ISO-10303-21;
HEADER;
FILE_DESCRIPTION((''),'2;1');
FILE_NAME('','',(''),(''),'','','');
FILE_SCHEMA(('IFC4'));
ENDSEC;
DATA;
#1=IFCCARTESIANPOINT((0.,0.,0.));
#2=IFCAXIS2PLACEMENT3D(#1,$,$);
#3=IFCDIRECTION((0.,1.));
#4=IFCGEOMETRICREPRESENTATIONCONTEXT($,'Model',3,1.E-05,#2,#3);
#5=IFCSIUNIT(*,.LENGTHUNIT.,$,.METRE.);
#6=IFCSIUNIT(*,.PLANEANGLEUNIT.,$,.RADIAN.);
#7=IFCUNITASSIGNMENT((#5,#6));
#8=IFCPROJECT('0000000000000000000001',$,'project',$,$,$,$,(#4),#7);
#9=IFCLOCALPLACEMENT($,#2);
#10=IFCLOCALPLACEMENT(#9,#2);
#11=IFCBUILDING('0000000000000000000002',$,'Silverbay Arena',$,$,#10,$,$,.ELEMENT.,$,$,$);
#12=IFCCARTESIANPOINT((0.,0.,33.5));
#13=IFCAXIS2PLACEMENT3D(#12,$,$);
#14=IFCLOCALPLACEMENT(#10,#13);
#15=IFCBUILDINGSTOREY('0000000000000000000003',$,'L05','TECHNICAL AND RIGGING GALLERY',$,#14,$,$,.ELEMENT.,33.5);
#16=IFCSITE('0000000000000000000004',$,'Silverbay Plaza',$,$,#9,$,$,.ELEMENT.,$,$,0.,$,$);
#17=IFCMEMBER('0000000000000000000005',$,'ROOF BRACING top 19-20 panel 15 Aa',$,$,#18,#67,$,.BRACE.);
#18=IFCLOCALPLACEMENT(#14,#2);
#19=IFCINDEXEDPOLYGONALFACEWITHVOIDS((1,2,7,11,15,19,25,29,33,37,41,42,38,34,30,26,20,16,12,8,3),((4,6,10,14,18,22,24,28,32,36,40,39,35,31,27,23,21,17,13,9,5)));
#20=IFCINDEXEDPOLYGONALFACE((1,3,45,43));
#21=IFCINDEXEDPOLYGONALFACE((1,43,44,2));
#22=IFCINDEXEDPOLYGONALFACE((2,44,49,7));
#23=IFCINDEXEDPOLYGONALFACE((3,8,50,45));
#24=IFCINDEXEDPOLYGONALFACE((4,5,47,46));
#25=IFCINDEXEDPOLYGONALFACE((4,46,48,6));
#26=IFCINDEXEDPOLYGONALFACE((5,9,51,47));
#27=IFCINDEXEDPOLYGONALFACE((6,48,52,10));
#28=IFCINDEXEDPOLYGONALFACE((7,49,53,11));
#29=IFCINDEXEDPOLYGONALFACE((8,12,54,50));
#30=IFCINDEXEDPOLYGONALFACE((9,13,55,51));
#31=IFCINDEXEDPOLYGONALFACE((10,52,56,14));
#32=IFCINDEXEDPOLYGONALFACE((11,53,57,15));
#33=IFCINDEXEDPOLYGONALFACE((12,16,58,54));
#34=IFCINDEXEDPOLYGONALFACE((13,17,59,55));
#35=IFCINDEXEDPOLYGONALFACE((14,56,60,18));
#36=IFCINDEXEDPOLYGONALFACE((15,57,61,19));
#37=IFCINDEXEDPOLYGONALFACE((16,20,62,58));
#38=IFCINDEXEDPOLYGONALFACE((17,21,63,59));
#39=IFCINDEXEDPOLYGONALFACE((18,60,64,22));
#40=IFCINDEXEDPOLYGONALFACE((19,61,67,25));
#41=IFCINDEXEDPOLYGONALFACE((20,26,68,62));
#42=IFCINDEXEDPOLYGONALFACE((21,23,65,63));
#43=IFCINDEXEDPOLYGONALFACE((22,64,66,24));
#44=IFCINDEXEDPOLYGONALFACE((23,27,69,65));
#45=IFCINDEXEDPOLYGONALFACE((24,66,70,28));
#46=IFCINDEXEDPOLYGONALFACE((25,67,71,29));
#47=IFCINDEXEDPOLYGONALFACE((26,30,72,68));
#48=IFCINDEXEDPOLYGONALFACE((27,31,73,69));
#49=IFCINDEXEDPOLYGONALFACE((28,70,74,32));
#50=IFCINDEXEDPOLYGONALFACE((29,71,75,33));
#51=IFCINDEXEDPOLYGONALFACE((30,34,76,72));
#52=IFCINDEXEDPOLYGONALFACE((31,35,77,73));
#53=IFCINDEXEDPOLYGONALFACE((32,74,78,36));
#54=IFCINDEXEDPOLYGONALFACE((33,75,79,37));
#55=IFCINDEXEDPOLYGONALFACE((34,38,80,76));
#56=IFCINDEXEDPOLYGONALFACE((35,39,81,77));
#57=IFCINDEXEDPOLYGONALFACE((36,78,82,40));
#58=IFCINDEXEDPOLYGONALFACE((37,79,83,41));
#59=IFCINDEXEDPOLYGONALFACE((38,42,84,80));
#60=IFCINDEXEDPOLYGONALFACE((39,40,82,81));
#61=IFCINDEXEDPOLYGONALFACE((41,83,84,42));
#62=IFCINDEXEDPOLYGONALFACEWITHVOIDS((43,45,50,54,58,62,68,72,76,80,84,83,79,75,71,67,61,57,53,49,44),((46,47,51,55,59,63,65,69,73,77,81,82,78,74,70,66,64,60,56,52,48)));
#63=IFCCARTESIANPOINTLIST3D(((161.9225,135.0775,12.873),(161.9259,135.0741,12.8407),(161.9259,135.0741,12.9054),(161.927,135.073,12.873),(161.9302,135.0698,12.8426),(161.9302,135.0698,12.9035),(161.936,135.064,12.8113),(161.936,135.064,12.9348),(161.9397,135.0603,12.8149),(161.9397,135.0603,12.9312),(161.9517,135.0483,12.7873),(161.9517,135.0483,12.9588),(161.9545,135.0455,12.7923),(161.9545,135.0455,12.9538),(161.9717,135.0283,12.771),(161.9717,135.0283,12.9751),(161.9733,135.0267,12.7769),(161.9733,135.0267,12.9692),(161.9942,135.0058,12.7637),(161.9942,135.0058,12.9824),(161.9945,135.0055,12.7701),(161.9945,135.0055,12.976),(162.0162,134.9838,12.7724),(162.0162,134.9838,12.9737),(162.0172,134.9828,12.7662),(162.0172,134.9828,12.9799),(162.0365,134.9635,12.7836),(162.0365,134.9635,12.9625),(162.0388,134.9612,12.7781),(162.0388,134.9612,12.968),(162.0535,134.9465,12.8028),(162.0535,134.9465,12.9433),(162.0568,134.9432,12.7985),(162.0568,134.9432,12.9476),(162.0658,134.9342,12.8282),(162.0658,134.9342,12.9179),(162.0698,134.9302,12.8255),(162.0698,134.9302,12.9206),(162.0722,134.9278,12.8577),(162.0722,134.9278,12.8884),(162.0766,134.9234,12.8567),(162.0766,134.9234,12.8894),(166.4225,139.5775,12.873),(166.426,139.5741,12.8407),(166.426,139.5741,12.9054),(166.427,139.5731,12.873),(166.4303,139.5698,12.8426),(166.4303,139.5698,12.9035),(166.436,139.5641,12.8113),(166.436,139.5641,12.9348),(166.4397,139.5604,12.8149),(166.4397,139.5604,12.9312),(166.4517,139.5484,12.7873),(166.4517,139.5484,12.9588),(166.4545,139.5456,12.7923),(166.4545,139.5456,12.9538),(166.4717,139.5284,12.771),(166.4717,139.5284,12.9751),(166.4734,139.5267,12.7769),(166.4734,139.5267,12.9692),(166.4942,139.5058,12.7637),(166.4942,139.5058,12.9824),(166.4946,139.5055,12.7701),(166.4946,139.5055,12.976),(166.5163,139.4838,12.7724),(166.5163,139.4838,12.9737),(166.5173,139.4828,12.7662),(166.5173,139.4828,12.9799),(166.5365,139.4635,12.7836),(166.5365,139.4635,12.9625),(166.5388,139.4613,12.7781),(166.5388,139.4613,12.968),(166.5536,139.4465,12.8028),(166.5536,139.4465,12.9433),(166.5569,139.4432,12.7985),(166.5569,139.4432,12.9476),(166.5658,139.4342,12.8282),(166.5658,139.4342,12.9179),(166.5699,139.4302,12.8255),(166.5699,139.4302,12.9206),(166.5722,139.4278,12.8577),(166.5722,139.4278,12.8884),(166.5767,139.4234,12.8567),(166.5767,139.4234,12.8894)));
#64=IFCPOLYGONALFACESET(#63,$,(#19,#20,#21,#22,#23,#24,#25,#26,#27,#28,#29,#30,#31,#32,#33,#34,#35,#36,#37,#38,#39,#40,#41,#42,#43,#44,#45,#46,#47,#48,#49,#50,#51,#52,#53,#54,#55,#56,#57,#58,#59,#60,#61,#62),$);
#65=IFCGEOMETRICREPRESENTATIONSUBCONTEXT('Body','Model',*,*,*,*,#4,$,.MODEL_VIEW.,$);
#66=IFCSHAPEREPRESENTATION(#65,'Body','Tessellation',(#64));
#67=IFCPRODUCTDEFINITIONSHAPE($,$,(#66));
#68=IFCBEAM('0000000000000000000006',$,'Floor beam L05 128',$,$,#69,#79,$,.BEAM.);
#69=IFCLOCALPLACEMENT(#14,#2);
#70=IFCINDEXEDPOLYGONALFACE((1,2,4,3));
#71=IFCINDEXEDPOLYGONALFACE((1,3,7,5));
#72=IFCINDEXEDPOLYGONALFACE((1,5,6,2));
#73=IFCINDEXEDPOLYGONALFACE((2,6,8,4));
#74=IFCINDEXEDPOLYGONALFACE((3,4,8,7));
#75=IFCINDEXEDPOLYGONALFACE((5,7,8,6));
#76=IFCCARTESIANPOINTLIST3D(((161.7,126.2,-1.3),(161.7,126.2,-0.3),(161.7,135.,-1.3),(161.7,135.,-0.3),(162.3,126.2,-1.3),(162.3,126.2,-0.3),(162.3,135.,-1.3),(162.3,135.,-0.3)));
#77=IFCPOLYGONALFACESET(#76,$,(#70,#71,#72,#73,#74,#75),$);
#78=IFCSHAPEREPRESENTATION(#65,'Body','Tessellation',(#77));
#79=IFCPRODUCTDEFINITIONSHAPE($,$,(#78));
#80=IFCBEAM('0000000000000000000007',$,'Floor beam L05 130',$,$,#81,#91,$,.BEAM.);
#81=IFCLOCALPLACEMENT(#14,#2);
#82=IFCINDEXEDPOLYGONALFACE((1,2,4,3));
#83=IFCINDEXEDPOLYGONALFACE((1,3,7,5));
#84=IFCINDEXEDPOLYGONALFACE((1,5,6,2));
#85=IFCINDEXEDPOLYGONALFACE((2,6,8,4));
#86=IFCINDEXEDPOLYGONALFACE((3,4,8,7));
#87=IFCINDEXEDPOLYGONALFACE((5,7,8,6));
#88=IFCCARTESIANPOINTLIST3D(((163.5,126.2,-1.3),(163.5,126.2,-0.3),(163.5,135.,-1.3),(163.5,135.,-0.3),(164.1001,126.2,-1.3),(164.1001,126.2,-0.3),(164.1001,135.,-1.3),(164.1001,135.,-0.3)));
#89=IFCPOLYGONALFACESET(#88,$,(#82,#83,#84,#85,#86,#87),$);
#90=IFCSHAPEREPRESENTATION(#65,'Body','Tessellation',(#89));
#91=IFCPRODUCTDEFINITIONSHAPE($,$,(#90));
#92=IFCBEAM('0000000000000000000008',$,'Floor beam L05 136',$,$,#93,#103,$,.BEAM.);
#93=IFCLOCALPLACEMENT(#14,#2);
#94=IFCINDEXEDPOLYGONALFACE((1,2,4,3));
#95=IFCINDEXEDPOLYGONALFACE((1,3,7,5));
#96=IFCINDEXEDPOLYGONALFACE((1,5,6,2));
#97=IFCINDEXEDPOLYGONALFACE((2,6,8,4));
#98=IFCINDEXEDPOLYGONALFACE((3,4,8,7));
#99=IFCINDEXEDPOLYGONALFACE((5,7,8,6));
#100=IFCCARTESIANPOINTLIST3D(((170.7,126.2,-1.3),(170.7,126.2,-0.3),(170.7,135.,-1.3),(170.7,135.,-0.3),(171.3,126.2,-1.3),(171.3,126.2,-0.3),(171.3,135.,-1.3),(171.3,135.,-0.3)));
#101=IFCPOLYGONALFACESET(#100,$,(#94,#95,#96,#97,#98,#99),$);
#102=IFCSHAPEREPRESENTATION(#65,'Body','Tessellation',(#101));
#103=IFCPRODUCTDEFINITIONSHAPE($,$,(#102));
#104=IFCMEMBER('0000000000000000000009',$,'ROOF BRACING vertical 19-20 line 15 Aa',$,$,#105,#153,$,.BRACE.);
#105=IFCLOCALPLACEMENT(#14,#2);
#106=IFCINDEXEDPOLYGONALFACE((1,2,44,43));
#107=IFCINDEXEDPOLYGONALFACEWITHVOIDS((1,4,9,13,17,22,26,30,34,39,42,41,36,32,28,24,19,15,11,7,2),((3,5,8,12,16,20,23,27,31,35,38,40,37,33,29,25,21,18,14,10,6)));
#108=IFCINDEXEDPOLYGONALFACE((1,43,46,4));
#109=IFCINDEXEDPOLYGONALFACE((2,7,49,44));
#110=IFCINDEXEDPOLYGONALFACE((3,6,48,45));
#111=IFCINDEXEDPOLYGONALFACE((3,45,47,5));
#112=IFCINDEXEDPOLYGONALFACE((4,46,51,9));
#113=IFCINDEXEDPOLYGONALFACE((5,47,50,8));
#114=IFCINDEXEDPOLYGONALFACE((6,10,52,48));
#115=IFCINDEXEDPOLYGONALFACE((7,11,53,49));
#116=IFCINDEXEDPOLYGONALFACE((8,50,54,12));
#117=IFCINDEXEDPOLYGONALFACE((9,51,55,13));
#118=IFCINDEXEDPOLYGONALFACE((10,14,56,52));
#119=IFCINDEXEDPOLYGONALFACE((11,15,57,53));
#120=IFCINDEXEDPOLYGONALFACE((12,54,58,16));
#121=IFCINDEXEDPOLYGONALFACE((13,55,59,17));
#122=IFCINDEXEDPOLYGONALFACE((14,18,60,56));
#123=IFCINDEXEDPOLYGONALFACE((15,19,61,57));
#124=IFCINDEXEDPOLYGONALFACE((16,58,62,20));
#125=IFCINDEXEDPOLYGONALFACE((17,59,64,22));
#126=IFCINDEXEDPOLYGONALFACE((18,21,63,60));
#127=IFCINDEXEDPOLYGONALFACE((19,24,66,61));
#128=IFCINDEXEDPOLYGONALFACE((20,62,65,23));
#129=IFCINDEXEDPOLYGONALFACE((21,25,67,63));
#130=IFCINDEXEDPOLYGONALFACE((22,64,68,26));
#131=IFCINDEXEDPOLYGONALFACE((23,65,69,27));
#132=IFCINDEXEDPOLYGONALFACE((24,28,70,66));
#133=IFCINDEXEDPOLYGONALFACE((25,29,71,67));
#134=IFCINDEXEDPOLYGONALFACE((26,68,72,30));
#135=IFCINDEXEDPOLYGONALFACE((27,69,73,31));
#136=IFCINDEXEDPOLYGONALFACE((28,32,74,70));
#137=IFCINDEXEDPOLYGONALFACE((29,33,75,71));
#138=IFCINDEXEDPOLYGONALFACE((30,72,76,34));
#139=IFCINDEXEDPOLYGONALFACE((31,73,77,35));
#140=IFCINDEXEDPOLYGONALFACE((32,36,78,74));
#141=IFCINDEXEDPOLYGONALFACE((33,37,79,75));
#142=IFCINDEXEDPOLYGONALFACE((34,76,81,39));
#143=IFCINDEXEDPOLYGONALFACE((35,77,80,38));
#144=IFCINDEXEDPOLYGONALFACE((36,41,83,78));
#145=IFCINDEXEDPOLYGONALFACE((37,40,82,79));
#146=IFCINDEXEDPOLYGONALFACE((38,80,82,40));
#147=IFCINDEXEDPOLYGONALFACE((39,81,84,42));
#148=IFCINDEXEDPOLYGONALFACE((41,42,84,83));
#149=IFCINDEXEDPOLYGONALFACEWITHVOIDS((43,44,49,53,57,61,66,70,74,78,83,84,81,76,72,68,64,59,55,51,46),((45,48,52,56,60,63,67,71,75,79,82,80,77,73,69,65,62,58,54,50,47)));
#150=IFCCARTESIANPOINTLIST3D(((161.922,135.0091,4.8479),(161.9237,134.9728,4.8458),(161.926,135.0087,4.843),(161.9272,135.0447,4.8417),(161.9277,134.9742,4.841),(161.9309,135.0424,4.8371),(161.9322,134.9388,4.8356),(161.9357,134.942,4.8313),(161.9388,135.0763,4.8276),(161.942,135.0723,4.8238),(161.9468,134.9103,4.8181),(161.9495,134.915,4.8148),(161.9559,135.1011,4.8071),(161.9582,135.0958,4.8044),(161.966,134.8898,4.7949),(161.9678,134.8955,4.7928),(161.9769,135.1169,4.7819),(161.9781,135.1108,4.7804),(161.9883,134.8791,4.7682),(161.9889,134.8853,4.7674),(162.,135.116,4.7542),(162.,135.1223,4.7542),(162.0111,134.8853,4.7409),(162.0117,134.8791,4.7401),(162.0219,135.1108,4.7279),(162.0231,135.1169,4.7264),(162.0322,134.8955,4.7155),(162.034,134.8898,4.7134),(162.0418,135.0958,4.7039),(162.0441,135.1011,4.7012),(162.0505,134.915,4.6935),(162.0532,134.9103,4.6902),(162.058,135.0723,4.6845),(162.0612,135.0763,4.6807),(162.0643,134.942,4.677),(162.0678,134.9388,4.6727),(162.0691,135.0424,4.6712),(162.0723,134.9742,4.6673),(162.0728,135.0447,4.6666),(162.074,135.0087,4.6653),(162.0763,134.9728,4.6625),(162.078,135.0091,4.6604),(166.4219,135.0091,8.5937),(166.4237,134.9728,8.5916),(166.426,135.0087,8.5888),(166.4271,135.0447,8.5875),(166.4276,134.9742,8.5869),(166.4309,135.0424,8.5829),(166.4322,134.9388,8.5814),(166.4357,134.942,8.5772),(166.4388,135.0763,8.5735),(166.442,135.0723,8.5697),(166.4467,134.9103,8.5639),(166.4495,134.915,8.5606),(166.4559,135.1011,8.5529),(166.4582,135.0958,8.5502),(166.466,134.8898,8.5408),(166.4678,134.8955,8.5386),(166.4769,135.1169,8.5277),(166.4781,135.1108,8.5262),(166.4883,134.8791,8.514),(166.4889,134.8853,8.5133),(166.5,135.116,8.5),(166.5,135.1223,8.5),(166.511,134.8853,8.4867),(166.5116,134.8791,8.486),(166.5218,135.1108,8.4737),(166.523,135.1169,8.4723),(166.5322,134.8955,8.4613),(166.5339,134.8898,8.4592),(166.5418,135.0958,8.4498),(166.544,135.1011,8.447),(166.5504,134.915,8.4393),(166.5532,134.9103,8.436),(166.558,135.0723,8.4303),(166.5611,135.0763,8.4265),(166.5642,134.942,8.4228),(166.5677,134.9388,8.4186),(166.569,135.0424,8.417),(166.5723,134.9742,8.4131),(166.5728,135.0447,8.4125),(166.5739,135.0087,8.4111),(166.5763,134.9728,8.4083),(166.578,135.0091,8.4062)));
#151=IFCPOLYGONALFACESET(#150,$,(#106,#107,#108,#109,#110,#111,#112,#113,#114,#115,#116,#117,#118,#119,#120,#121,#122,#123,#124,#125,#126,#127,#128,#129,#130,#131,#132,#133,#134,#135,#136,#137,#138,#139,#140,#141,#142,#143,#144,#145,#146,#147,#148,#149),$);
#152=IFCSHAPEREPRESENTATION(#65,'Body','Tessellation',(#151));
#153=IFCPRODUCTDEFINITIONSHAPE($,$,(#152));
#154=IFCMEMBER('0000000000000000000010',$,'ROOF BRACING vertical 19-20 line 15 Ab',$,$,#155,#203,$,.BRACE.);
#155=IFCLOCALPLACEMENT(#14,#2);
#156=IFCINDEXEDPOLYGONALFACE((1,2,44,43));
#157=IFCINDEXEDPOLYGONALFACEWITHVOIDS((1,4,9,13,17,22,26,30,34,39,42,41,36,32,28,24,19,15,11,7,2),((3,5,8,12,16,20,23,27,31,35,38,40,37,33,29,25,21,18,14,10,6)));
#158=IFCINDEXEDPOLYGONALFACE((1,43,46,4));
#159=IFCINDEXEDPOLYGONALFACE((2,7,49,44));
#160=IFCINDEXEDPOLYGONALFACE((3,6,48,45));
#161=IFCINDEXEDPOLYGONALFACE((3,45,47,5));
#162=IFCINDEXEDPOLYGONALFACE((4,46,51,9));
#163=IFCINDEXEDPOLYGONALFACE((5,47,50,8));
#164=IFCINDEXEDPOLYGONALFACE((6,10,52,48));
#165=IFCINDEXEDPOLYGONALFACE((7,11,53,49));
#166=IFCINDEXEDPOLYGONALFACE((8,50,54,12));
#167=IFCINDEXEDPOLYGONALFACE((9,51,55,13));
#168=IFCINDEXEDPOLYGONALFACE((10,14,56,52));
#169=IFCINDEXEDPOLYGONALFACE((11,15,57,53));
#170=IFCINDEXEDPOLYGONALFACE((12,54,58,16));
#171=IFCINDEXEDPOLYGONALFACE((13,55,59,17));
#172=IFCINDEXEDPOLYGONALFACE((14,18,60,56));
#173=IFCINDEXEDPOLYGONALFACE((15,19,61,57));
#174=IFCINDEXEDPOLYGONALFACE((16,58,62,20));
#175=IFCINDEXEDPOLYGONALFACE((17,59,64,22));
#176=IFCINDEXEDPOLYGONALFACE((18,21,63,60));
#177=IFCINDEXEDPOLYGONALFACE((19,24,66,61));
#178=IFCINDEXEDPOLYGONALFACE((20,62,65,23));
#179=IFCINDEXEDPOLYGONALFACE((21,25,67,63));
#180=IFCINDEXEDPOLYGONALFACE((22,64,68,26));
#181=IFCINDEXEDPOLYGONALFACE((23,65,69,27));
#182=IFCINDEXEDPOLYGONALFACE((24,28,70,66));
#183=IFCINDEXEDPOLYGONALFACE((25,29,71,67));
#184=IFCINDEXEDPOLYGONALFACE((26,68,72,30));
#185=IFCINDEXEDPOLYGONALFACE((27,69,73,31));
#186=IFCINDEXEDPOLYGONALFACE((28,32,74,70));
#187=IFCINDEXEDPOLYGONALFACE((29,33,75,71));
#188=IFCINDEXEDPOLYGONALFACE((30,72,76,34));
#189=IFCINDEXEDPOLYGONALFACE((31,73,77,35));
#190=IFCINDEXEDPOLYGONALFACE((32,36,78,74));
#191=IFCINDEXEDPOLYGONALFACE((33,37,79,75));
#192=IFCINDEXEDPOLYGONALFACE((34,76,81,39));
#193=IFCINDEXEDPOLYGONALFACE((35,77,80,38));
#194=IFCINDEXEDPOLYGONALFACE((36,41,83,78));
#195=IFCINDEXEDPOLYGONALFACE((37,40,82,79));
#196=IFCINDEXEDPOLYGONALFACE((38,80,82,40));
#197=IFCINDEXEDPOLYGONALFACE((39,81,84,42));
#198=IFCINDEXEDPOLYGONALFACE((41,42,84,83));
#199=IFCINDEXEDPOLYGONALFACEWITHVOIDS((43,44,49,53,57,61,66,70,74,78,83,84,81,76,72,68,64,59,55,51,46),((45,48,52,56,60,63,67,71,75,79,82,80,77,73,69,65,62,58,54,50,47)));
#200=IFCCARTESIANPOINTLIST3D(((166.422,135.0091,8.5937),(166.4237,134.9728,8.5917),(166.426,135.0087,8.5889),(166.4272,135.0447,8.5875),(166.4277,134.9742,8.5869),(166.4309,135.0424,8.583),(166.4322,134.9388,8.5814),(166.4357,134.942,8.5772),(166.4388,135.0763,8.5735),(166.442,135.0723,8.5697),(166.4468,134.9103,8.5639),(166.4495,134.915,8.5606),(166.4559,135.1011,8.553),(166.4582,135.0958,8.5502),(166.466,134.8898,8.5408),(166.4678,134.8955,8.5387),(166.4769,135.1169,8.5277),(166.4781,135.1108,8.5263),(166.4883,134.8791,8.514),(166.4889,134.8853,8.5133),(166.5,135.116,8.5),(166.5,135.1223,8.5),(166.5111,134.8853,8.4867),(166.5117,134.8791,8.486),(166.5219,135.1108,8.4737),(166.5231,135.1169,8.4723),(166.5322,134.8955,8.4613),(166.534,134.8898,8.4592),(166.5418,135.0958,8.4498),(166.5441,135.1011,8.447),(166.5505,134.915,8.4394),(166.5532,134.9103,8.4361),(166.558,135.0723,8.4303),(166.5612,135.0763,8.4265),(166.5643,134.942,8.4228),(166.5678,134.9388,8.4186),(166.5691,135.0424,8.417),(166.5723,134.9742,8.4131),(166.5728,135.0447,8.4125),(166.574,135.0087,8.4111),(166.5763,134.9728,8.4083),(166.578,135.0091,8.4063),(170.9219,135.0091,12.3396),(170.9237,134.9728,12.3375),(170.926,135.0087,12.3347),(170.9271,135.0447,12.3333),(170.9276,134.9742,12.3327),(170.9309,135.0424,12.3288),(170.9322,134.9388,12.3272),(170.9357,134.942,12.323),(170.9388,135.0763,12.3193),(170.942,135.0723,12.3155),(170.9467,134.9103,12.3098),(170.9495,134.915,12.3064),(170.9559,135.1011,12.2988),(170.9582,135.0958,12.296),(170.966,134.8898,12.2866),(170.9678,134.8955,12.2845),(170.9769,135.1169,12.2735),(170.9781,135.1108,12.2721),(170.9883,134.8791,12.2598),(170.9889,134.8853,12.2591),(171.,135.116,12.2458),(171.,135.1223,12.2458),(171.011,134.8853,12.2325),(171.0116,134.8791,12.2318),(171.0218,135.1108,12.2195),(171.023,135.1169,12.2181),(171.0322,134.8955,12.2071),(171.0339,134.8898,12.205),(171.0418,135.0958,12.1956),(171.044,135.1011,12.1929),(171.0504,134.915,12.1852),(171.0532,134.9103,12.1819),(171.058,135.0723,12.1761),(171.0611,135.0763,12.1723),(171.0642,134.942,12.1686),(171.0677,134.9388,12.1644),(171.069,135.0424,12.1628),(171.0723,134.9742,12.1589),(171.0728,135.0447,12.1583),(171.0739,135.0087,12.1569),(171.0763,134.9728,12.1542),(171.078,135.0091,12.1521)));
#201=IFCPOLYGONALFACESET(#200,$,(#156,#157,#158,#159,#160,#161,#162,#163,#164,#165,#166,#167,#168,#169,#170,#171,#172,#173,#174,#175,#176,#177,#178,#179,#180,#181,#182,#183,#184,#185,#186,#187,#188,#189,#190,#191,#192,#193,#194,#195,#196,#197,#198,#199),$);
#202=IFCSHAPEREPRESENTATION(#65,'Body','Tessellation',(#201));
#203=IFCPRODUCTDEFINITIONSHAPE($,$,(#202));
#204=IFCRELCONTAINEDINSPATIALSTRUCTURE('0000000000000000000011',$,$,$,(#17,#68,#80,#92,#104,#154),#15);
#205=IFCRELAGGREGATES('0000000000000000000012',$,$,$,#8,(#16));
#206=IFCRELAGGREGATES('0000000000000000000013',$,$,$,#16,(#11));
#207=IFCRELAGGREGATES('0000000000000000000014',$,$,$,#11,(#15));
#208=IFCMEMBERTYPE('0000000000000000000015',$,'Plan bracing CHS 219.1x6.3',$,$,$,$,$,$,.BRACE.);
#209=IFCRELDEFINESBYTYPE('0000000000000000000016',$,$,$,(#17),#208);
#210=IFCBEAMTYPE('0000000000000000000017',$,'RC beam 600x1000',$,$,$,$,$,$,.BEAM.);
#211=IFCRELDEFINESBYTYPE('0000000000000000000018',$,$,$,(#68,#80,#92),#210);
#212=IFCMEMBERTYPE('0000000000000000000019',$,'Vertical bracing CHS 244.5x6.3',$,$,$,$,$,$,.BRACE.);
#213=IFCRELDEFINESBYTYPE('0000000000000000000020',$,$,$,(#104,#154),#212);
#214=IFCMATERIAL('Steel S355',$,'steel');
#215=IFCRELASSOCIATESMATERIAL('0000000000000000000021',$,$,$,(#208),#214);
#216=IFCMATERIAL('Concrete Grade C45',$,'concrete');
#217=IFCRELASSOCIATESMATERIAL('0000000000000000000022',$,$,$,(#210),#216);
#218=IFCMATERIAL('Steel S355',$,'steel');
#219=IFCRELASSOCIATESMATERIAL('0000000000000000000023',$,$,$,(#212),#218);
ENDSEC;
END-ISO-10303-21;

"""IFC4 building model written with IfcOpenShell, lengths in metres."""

from ifc_helpers import new_model, si_unit, direction, frame, origin, origin_2d, place, context, subcontext, project, spatial, rectangle, hollow_circle, extrude, material, material_profile, profile_set, type_object, element, save


model = new_model("IFC4")

# Units and contexts
model_context = context("Model", 3, precision=1e-05, world=origin(), true_north=direction((0.0, 1.0)))
body_context = subcontext(model_context, "Body", "Model", "MODEL_VIEW")
ifc_project = project(units=[si_unit("LENGTHUNIT", "METRE"), si_unit("PLANEANGLEUNIT", "RADIAN")], contexts=[model_context])

# Site, building, storey
site_placement = place(None, origin())
site = spatial("IfcSite", under=ifc_project, at=site_placement, Name="Silverbay Plaza", CompositionType="ELEMENT", RefElevation=0.0)
building_placement = place(site_placement, origin())
building = spatial("IfcBuilding", under=site, at=building_placement, Name="Silverbay Arena", CompositionType="ELEMENT")
storey_placement = place(building_placement, frame((0.0, 0.0, 33.5)))
storey = spatial("IfcBuildingStorey", under=building, at=storey_placement, Name="L05", Description="TECHNICAL AND RIGGING GALLERY", CompositionType="ELEMENT", Elevation=33.5)

# Member
ifc_material_1 = material(Name="Steel S355", Category="steel")
ifc_material_profile_1 = material_profile(ifc_material_1, hollow_circle(Radius=0.1096, WallThickness=0.0063, at=origin_2d()), Name="CHS 219.1x6.3")
ifc_profile_set_1 = profile_set([ifc_material_profile_1], Name="Steel S355")
member_type_1 = type_object("IfcMemberType", Name="Plan bracing CHS 219.1x6.3", PredefinedType="BRACE", material=ifc_profile_set_1)
member_placement = place(storey_placement, frame((162.0, 135.0, 12.873), z_axis=(0.707107, 0.707107, 0.0), x_axis=(-0.707107, 0.707107, 0.0)))
element("IfcMember", 1, at=member_placement, inside=storey, type_object=member_type_1, Name="ROOF BRACING top 19-20 panel 15 Aa", PredefinedType="BRACE", context=body_context, shape_type="SweptSolid", body=[
    extrude(hollow_circle(Radius=0.1096, WallThickness=0.0063, at=origin_2d()), origin(), (0.0, 0.0, 1.0), 6.364),
])

# Beams
ifc_material_2 = material(Name="Concrete Grade C45", Category="concrete")
ifc_material_profile_2 = material_profile(ifc_material_2, rectangle(XDim=0.6001, YDim=1.0, at=origin_2d()), Name="RC 600x1000")
ifc_profile_set_2 = profile_set([ifc_material_profile_2], Name="Concrete Grade C45")
beam_type = type_object("IfcBeamType", Name="RC beam 600x1000", PredefinedType="BEAM", material=ifc_profile_set_2)
for number, where, z_axis, x_axis, name in (
    (2, (162.0, 126.2, -0.8), (0.0, 1.0, 0.0), (-1.0, 0.0, 0.0), "Floor beam L05 128"),
    (3, (163.8, 126.2, -0.8), (0.0, 1.0, 0.0), (-1.0, 0.0, 0.0), "Floor beam L05 130"),
    (4, (171.0, 126.2, -0.8), (0.0, 1.0, 0.0), (-1.0, 0.0, 0.0), "Floor beam L05 136"),
):
    element("IfcBeam", number, at=place(storey_placement, frame(where, z_axis=z_axis, x_axis=x_axis)), inside=storey, type_object=beam_type, Name=name, PredefinedType="BEAM", context=body_context, shape_type="SweptSolid", body=[
        extrude(rectangle(XDim=0.6001, YDim=1.0, at=origin_2d()), origin(), (0.0, 0.0, 1.0), 8.8),
    ])

# Members
ifc_material_3 = material(Name="Steel S355", Category="steel")
ifc_material_profile_3 = material_profile(ifc_material_3, hollow_circle(Radius=0.1223, WallThickness=0.0063, at=origin_2d()), Name="CHS 244.5x6.3")
ifc_profile_set_3 = profile_set([ifc_material_profile_3], Name="Steel S355")
member_type_2 = type_object("IfcMemberType", Name="Vertical bracing CHS 244.5x6.3", PredefinedType="BRACE", material=ifc_profile_set_3)
for number, where, z_axis, x_axis, name in (
    (5, (162.0, 135.0, 4.7542), (0.76857, 0.0, 0.639766), (0.0, 1.0, 0.0), "ROOF BRACING vertical 19-20 line 15 Aa"),
    (6, (166.5, 135.0, 8.5), (0.76857, 0.0, 0.639766), (0.0, 1.0, 0.0), "ROOF BRACING vertical 19-20 line 15 Ab"),
):
    element("IfcMember", number, at=place(storey_placement, frame(where, z_axis=z_axis, x_axis=x_axis)), inside=storey, type_object=member_type_2, Name=name, PredefinedType="BRACE", context=body_context, shape_type="SweptSolid", body=[
        extrude(hollow_circle(Radius=0.1223, WallThickness=0.0063, at=origin_2d()), origin(), (0.0, 0.0, 1.0), 5.855),
    ])

save(model, "model.ifc")
